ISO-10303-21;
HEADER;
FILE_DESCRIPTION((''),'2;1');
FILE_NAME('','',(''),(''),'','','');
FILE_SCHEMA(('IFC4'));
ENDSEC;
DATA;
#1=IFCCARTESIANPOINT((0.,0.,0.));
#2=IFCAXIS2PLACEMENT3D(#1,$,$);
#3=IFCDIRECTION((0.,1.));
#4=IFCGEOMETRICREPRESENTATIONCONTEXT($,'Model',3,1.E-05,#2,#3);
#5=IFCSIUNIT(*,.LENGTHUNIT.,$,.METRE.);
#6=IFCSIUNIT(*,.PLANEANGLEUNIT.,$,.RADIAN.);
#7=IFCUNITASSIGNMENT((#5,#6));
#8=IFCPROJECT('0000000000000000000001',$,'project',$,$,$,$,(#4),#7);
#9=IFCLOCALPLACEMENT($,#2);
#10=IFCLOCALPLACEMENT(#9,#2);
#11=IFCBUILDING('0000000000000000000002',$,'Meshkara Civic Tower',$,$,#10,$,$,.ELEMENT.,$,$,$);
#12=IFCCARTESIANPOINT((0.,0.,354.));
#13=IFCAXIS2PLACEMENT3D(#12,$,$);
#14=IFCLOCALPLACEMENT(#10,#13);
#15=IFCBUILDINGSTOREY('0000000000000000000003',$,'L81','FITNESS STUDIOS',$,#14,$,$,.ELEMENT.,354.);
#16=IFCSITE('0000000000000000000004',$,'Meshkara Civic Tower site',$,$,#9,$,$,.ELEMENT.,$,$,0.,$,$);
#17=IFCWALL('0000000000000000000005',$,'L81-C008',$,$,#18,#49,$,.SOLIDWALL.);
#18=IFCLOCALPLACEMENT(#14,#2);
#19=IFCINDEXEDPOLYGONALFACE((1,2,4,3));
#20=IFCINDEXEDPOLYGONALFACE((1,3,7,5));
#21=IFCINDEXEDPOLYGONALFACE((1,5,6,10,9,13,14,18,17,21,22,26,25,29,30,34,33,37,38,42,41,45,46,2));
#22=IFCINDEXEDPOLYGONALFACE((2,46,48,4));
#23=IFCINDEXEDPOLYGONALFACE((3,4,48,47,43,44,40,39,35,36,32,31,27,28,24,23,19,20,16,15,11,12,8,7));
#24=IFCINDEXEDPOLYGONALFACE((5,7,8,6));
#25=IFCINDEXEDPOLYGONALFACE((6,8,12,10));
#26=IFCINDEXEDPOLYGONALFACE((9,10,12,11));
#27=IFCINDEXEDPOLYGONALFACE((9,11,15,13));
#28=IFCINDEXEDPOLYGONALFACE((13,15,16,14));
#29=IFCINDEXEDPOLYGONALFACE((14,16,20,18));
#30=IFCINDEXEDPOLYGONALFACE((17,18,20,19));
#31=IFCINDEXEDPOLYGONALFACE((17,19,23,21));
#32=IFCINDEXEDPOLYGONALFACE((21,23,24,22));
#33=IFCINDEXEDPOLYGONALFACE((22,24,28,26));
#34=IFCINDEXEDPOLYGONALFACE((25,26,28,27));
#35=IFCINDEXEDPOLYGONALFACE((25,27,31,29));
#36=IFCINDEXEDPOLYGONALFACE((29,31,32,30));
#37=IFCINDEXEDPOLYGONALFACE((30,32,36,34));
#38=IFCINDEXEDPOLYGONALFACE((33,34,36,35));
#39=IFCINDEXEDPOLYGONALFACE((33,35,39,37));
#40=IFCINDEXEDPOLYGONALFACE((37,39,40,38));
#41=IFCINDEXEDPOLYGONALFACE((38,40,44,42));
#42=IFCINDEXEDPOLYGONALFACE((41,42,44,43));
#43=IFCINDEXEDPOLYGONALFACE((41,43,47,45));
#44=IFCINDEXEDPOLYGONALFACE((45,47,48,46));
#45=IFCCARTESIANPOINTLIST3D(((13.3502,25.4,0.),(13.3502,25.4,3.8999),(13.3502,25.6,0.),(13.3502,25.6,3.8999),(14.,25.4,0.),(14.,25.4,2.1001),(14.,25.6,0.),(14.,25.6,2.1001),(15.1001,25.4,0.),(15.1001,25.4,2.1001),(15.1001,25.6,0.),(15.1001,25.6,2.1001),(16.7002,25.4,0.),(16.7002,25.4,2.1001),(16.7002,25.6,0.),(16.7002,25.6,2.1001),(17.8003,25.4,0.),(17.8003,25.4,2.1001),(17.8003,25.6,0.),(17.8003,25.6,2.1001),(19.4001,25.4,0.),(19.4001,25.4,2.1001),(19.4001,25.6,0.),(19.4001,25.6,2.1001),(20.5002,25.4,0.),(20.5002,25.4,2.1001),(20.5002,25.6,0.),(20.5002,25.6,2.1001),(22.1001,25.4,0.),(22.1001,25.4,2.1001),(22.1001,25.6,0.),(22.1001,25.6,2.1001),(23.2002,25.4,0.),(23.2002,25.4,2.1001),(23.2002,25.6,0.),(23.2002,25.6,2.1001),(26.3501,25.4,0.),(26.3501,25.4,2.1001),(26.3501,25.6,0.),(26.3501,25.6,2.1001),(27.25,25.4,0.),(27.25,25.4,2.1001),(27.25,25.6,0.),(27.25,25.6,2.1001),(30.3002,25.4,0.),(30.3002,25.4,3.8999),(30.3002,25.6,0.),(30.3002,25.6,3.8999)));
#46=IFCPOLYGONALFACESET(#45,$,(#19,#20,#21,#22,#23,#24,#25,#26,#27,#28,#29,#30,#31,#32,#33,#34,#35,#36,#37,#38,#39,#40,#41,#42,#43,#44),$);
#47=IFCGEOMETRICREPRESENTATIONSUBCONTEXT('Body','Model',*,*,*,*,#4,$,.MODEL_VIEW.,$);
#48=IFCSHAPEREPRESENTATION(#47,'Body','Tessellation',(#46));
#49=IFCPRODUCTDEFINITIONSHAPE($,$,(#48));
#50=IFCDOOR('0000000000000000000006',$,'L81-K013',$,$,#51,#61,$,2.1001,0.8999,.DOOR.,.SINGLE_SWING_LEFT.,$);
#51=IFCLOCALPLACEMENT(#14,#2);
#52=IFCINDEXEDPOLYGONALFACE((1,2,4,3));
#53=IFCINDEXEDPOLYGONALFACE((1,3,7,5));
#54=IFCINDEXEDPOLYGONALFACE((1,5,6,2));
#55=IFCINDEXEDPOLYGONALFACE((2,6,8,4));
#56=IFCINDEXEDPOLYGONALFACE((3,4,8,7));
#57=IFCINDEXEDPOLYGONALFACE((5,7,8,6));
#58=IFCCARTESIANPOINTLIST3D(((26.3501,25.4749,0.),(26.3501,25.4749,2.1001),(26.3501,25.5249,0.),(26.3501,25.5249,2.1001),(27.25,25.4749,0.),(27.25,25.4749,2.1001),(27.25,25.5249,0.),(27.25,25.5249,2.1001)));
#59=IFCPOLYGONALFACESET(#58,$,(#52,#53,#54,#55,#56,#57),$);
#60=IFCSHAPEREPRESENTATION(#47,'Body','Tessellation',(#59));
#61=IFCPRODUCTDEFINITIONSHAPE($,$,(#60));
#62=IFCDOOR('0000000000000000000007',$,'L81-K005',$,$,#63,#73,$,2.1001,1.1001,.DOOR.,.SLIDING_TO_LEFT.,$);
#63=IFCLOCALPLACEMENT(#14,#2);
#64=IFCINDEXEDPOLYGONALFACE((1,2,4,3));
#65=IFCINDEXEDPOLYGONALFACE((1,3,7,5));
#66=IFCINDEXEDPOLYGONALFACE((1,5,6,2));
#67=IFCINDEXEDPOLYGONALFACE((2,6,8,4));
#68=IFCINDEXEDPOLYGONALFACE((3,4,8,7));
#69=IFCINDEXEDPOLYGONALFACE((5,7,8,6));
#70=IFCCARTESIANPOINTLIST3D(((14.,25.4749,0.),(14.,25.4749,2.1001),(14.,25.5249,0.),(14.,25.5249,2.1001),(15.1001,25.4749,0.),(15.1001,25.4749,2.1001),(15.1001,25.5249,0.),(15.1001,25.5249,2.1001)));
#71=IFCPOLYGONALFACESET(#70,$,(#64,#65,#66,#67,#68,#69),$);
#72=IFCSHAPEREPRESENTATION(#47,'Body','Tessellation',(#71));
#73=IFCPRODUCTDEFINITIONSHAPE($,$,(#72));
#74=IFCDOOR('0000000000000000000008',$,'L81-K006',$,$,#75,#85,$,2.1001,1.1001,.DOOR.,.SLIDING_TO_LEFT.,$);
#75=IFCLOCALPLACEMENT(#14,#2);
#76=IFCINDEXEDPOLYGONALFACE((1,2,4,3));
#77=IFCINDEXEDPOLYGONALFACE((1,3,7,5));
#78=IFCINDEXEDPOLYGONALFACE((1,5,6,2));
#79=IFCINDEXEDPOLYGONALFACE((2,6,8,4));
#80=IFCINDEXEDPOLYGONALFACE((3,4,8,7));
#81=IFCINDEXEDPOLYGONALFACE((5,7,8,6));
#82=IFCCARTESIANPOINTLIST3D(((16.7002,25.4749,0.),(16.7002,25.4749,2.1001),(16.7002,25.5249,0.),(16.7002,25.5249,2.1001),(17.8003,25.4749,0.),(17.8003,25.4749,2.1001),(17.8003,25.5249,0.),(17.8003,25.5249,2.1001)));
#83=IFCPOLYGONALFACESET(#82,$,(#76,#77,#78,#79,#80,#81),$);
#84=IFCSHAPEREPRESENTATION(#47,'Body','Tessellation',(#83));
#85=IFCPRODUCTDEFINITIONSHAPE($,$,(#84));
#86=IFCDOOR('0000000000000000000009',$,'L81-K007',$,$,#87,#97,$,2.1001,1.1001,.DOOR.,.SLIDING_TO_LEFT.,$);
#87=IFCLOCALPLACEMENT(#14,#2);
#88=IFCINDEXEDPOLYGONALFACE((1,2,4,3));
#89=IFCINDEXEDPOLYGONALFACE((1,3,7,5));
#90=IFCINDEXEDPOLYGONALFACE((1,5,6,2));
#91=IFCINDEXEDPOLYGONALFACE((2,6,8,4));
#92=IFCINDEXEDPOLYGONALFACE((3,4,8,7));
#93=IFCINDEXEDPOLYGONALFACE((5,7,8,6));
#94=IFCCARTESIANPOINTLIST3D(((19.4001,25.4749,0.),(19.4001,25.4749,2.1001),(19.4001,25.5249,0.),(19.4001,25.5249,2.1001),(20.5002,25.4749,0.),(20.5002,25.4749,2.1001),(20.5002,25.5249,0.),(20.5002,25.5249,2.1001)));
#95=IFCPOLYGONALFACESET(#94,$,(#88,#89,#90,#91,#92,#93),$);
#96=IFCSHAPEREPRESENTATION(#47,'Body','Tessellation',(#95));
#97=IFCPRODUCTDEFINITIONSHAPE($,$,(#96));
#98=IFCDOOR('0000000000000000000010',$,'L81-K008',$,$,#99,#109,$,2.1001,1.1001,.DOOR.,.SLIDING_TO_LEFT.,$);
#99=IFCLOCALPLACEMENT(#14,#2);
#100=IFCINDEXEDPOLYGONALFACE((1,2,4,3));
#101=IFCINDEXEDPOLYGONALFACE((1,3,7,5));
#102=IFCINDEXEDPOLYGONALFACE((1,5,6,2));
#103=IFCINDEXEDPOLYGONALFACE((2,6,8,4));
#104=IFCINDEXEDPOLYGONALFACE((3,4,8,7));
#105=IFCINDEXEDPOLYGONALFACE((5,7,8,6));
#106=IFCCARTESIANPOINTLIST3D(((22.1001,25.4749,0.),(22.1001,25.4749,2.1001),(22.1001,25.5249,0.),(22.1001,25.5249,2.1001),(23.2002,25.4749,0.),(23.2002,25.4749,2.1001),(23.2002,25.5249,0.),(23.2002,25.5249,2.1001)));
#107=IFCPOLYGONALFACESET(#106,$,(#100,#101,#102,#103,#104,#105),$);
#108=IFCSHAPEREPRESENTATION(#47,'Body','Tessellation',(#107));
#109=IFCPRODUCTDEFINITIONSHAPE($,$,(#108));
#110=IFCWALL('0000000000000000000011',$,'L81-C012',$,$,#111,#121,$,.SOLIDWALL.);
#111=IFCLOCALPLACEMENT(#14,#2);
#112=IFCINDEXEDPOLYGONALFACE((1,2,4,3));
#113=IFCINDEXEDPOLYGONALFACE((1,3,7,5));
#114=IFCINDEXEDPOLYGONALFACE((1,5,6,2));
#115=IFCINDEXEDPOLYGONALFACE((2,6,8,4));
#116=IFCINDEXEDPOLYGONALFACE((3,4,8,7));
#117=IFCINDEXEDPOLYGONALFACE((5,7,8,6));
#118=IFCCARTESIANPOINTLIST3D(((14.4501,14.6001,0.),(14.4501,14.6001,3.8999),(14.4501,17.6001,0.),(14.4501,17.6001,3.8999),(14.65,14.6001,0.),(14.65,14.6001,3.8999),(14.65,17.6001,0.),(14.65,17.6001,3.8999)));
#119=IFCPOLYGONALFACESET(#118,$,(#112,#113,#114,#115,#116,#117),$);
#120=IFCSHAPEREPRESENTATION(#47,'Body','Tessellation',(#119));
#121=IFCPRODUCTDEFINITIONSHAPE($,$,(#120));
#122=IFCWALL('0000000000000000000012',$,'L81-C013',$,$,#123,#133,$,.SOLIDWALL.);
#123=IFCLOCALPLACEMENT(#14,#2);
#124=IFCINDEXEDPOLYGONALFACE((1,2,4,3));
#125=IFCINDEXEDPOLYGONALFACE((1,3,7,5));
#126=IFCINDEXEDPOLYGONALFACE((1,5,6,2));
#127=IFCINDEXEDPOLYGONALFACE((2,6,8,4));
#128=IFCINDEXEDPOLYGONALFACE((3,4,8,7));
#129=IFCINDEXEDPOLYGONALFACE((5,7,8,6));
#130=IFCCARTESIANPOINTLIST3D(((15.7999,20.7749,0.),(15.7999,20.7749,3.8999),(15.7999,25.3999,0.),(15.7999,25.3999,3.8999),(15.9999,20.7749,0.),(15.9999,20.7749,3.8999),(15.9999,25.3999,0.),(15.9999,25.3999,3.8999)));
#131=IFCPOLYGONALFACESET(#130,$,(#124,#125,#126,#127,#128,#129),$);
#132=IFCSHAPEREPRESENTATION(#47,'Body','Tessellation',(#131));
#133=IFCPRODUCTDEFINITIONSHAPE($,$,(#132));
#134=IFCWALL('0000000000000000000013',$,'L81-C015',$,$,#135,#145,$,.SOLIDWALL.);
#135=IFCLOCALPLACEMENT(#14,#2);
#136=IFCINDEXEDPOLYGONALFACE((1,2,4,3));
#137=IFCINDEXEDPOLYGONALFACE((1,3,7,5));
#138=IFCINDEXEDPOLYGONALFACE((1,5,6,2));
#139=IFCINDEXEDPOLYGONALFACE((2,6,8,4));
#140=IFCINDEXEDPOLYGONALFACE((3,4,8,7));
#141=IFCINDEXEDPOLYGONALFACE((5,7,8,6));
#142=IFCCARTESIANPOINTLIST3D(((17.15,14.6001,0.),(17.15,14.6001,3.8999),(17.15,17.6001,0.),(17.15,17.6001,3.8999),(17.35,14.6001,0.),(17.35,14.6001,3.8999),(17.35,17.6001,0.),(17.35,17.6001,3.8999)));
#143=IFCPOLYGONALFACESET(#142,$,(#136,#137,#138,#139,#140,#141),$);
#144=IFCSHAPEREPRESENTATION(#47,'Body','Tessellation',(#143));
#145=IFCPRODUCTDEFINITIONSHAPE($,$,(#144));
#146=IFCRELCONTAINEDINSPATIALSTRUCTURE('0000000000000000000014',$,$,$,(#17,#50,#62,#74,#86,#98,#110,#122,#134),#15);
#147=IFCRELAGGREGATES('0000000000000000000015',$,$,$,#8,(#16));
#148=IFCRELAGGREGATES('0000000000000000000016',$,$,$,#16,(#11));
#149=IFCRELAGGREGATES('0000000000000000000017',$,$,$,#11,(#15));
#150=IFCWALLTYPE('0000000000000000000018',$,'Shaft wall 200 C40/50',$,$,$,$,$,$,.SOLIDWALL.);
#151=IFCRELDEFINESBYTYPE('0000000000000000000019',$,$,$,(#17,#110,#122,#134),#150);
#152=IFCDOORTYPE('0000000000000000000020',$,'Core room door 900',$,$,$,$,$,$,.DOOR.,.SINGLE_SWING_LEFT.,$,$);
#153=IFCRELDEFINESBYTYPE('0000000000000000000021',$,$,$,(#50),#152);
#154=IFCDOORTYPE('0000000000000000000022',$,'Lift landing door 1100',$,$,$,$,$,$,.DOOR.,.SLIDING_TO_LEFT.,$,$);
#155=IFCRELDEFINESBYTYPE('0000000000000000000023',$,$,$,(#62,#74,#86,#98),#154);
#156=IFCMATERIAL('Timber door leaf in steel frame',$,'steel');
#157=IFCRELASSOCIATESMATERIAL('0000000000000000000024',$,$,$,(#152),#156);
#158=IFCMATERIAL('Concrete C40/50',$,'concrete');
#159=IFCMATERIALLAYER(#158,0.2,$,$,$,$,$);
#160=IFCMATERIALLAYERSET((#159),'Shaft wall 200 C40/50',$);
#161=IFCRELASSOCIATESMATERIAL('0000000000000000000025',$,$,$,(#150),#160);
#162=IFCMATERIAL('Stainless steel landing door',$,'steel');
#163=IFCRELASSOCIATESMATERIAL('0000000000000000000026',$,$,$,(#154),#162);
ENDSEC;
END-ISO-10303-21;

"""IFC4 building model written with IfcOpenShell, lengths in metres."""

from ifc_helpers import new_model, si_unit, direction, frame, frame_2d, origin, place, context, subcontext, project, spatial, rectangle, extrude, material, layer, layer_set, type_object, element, fill, save


model = new_model("IFC4")

# Units and contexts
model_context = context("Model", 3, precision=1e-05, world=origin(), true_north=direction((0.0, 1.0)))
body_context = subcontext(model_context, "Body", "Model", "MODEL_VIEW")
ifc_project = project(units=[si_unit("LENGTHUNIT", "METRE"), si_unit("PLANEANGLEUNIT", "RADIAN")], contexts=[model_context])

# Site, building, storey
site_placement = place(None, origin())
site = spatial("IfcSite", under=ifc_project, at=site_placement, Name="Meshkara Civic Tower site", CompositionType="ELEMENT", RefElevation=0.0)
building_placement = place(site_placement, origin())
building = spatial("IfcBuilding", under=site, at=building_placement, Name="Meshkara Civic Tower", CompositionType="ELEMENT")
storey_placement = place(building_placement, frame((0.0, 0.0, 354.0)))
storey = spatial("IfcBuildingStorey", under=building, at=storey_placement, Name="L81", Description="FITNESS STUDIOS", CompositionType="ELEMENT", Elevation=354.0)

# Shared definitions
ifc_material_1 = material(Name="Timber door leaf in steel frame", Category="steel")
door_type_1 = type_object("IfcDoorType", Name="Core room door 900", OperationType="SINGLE_SWING_LEFT", PredefinedType="DOOR", material=ifc_material_1)

# Wall, openings, doors
ifc_material_2 = material(Name="Concrete C40/50", Category="concrete")
ifc_layer_1 = layer(ifc_material_2, 0.2)
ifc_layer_set_1 = layer_set([ifc_layer_1], Name="Shaft wall 200 C40/50")
wall_type_1 = type_object("IfcWallType", Name="Shaft wall 200 C40/50", PredefinedType="SOLIDWALL", material=ifc_layer_set_1)
wall_1_placement = place(storey_placement, frame((13.3501, 25.5, 0.0), z_axis=(0.0, 0.0, 1.0), x_axis=(1.0, 0.0, 0.0)))
wall_1 = element("IfcWall", 1, at=wall_1_placement, inside=storey, type_object=wall_type_1, Name="L81-C008", PredefinedType="SOLIDWALL", context=body_context, shape_type="SweptSolid", body=[
    extrude(rectangle(XDim=16.95, YDim=0.2, at=frame_2d((8.4751, 0.0))), origin(), (0.0, 0.0, 1.0), 3.8999),
])
opening_1_placement = place(wall_1_placement, frame((0.6499, 0.0, 0.0)))
opening_1 = element("IfcOpeningElement", 2, at=opening_1_placement, cuts=wall_1, PredefinedType="OPENING", context=body_context, shape_type="SweptSolid", body=[
    extrude(rectangle(XDim=1.1001, YDim=2.1001, at=frame_2d((0.55, 1.05))), frame((0.0, 0.1099, 0.0), z_axis=(0.0, -1.0, 0.0), x_axis=(1.0, 0.0, 0.0)), (0.0, 0.0, 1.0), 0.22),
])
opening_2_placement = place(wall_1_placement, frame((3.3501, 0.0, 0.0)))
opening_2 = element("IfcOpeningElement", 3, at=opening_2_placement, cuts=wall_1, PredefinedType="OPENING", context=body_context, shape_type="SweptSolid", body=[
    extrude(rectangle(XDim=1.1001, YDim=2.1001, at=frame_2d((0.55, 1.05))), frame((0.0, 0.1099, 0.0), z_axis=(0.0, -1.0, 0.0), x_axis=(1.0, 0.0, 0.0)), (0.0, 0.0, 1.0), 0.22),
])
opening_3_placement = place(wall_1_placement, frame((6.05, 0.0, 0.0)))
opening_3 = element("IfcOpeningElement", 4, at=opening_3_placement, cuts=wall_1, PredefinedType="OPENING", context=body_context, shape_type="SweptSolid", body=[
    extrude(rectangle(XDim=1.1001, YDim=2.1001, at=frame_2d((0.55, 1.05))), frame((0.0, 0.1099, 0.0), z_axis=(0.0, -1.0, 0.0), x_axis=(1.0, 0.0, 0.0)), (0.0, 0.0, 1.0), 0.22),
])
opening_4_placement = place(wall_1_placement, frame((8.75, 0.0, 0.0)))
opening_4 = element("IfcOpeningElement", 5, at=opening_4_placement, cuts=wall_1, PredefinedType="OPENING", context=body_context, shape_type="SweptSolid", body=[
    extrude(rectangle(XDim=1.1001, YDim=2.1001, at=frame_2d((0.55, 1.05))), frame((0.0, 0.1099, 0.0), z_axis=(0.0, -1.0, 0.0), x_axis=(1.0, 0.0, 0.0)), (0.0, 0.0, 1.0), 0.22),
])
opening_5_placement = place(wall_1_placement, frame((13.0, 0.0, 0.0)))
opening_5 = element("IfcOpeningElement", 6, at=opening_5_placement, cuts=wall_1, PredefinedType="OPENING", context=body_context, shape_type="SweptSolid", body=[
    extrude(rectangle(XDim=0.8999, YDim=2.1001, at=frame_2d((0.45, 1.05))), frame((0.0, 0.1099, 0.0), z_axis=(0.0, -1.0, 0.0), x_axis=(1.0, 0.0, 0.0)), (0.0, 0.0, 1.0), 0.22),
])
door_1_placement = place(opening_5_placement, origin())
door_1 = element("IfcDoor", 7, at=door_1_placement, inside=storey, type_object=door_type_1, Name="L81-K013", OperationType="SINGLE_SWING_LEFT", OverallHeight=2.1001, OverallWidth=0.8999, PredefinedType="DOOR", context=body_context, shape_type="SweptSolid", body=[
    extrude(rectangle(XDim=0.8999, YDim=2.1001, at=frame_2d((0.45, 1.05))), frame((0.0, 0.0249, 0.0), z_axis=(0.0, -1.0, 0.0), x_axis=(1.0, 0.0, 0.0)), (0.0, 0.0, 1.0), 0.05),
])
fill(opening_5, door_1)
ifc_material_3 = material(Name="Stainless steel landing door", Category="steel")
door_type_2 = type_object("IfcDoorType", Name="Lift landing door 1100", OperationType="SLIDING_TO_LEFT", PredefinedType="DOOR", material=ifc_material_3)
door_2_placement = place(opening_1_placement, origin())
door_2 = element("IfcDoor", 8, at=door_2_placement, inside=storey, type_object=door_type_2, Name="L81-K005", OperationType="SLIDING_TO_LEFT", OverallHeight=2.1001, OverallWidth=1.1001, PredefinedType="DOOR", context=body_context, shape_type="SweptSolid", body=[
    extrude(rectangle(XDim=1.1001, YDim=2.1001, at=frame_2d((0.55, 1.05))), frame((0.0, 0.0249, 0.0), z_axis=(0.0, -1.0, 0.0), x_axis=(1.0, 0.0, 0.0)), (0.0, 0.0, 1.0), 0.05),
])
fill(opening_1, door_2)
door_3_placement = place(opening_2_placement, origin())
door_3 = element("IfcDoor", 9, at=door_3_placement, inside=storey, type_object=door_type_2, Name="L81-K006", OperationType="SLIDING_TO_LEFT", OverallHeight=2.1001, OverallWidth=1.1001, PredefinedType="DOOR", context=body_context, shape_type="SweptSolid", body=[
    extrude(rectangle(XDim=1.1001, YDim=2.1001, at=frame_2d((0.55, 1.05))), frame((0.0, 0.0249, 0.0), z_axis=(0.0, -1.0, 0.0), x_axis=(1.0, 0.0, 0.0)), (0.0, 0.0, 1.0), 0.05),
])
fill(opening_2, door_3)
door_4_placement = place(opening_3_placement, origin())
door_4 = element("IfcDoor", 10, at=door_4_placement, inside=storey, type_object=door_type_2, Name="L81-K007", OperationType="SLIDING_TO_LEFT", OverallHeight=2.1001, OverallWidth=1.1001, PredefinedType="DOOR", context=body_context, shape_type="SweptSolid", body=[
    extrude(rectangle(XDim=1.1001, YDim=2.1001, at=frame_2d((0.55, 1.05))), frame((0.0, 0.0249, 0.0), z_axis=(0.0, -1.0, 0.0), x_axis=(1.0, 0.0, 0.0)), (0.0, 0.0, 1.0), 0.05),
])
fill(opening_3, door_4)
door_5_placement = place(opening_4_placement, origin())
door_5 = element("IfcDoor", 11, at=door_5_placement, inside=storey, type_object=door_type_2, Name="L81-K008", OperationType="SLIDING_TO_LEFT", OverallHeight=2.1001, OverallWidth=1.1001, PredefinedType="DOOR", context=body_context, shape_type="SweptSolid", body=[
    extrude(rectangle(XDim=1.1001, YDim=2.1001, at=frame_2d((0.55, 1.05))), frame((0.0, 0.0249, 0.0), z_axis=(0.0, -1.0, 0.0), x_axis=(1.0, 0.0, 0.0)), (0.0, 0.0, 1.0), 0.05),
])
fill(opening_4, door_5)

# Walls
wall_2_placement = place(storey_placement, frame((14.55, 14.6001, 0.0), z_axis=(0.0, 0.0, 1.0), x_axis=(0.0, 1.0, 0.0)))
element("IfcWall", 12, at=wall_2_placement, inside=storey, type_object=wall_type_1, Name="L81-C012", PredefinedType="SOLIDWALL", context=body_context, shape_type="SweptSolid", body=[
    extrude(rectangle(XDim=3.0, YDim=0.2, at=frame_2d((1.5, 0.0))), origin(), (0.0, 0.0, 1.0), 3.8999),
])
wall_3_placement = place(storey_placement, frame((15.8999, 20.7749, 0.0), z_axis=(0.0, 0.0, 1.0), x_axis=(0.0, 1.0, 0.0)))
element("IfcWall", 13, at=wall_3_placement, inside=storey, type_object=wall_type_1, Name="L81-C013", PredefinedType="SOLIDWALL", context=body_context, shape_type="SweptSolid", body=[
    extrude(rectangle(XDim=4.625, YDim=0.2, at=frame_2d((2.3125, 0.0))), origin(), (0.0, 0.0, 1.0), 3.8999),
])
wall_4_placement = place(storey_placement, frame((17.25, 14.6001, 0.0), z_axis=(0.0, 0.0, 1.0), x_axis=(0.0, 1.0, 0.0)))
element("IfcWall", 14, at=wall_4_placement, inside=storey, type_object=wall_type_1, Name="L81-C015", PredefinedType="SOLIDWALL", context=body_context, shape_type="SweptSolid", body=[
    extrude(rectangle(XDim=3.0, YDim=0.2, at=frame_2d((1.5, 0.0))), origin(), (0.0, 0.0, 1.0), 3.8999),
])

save(model, "model.ifc")
